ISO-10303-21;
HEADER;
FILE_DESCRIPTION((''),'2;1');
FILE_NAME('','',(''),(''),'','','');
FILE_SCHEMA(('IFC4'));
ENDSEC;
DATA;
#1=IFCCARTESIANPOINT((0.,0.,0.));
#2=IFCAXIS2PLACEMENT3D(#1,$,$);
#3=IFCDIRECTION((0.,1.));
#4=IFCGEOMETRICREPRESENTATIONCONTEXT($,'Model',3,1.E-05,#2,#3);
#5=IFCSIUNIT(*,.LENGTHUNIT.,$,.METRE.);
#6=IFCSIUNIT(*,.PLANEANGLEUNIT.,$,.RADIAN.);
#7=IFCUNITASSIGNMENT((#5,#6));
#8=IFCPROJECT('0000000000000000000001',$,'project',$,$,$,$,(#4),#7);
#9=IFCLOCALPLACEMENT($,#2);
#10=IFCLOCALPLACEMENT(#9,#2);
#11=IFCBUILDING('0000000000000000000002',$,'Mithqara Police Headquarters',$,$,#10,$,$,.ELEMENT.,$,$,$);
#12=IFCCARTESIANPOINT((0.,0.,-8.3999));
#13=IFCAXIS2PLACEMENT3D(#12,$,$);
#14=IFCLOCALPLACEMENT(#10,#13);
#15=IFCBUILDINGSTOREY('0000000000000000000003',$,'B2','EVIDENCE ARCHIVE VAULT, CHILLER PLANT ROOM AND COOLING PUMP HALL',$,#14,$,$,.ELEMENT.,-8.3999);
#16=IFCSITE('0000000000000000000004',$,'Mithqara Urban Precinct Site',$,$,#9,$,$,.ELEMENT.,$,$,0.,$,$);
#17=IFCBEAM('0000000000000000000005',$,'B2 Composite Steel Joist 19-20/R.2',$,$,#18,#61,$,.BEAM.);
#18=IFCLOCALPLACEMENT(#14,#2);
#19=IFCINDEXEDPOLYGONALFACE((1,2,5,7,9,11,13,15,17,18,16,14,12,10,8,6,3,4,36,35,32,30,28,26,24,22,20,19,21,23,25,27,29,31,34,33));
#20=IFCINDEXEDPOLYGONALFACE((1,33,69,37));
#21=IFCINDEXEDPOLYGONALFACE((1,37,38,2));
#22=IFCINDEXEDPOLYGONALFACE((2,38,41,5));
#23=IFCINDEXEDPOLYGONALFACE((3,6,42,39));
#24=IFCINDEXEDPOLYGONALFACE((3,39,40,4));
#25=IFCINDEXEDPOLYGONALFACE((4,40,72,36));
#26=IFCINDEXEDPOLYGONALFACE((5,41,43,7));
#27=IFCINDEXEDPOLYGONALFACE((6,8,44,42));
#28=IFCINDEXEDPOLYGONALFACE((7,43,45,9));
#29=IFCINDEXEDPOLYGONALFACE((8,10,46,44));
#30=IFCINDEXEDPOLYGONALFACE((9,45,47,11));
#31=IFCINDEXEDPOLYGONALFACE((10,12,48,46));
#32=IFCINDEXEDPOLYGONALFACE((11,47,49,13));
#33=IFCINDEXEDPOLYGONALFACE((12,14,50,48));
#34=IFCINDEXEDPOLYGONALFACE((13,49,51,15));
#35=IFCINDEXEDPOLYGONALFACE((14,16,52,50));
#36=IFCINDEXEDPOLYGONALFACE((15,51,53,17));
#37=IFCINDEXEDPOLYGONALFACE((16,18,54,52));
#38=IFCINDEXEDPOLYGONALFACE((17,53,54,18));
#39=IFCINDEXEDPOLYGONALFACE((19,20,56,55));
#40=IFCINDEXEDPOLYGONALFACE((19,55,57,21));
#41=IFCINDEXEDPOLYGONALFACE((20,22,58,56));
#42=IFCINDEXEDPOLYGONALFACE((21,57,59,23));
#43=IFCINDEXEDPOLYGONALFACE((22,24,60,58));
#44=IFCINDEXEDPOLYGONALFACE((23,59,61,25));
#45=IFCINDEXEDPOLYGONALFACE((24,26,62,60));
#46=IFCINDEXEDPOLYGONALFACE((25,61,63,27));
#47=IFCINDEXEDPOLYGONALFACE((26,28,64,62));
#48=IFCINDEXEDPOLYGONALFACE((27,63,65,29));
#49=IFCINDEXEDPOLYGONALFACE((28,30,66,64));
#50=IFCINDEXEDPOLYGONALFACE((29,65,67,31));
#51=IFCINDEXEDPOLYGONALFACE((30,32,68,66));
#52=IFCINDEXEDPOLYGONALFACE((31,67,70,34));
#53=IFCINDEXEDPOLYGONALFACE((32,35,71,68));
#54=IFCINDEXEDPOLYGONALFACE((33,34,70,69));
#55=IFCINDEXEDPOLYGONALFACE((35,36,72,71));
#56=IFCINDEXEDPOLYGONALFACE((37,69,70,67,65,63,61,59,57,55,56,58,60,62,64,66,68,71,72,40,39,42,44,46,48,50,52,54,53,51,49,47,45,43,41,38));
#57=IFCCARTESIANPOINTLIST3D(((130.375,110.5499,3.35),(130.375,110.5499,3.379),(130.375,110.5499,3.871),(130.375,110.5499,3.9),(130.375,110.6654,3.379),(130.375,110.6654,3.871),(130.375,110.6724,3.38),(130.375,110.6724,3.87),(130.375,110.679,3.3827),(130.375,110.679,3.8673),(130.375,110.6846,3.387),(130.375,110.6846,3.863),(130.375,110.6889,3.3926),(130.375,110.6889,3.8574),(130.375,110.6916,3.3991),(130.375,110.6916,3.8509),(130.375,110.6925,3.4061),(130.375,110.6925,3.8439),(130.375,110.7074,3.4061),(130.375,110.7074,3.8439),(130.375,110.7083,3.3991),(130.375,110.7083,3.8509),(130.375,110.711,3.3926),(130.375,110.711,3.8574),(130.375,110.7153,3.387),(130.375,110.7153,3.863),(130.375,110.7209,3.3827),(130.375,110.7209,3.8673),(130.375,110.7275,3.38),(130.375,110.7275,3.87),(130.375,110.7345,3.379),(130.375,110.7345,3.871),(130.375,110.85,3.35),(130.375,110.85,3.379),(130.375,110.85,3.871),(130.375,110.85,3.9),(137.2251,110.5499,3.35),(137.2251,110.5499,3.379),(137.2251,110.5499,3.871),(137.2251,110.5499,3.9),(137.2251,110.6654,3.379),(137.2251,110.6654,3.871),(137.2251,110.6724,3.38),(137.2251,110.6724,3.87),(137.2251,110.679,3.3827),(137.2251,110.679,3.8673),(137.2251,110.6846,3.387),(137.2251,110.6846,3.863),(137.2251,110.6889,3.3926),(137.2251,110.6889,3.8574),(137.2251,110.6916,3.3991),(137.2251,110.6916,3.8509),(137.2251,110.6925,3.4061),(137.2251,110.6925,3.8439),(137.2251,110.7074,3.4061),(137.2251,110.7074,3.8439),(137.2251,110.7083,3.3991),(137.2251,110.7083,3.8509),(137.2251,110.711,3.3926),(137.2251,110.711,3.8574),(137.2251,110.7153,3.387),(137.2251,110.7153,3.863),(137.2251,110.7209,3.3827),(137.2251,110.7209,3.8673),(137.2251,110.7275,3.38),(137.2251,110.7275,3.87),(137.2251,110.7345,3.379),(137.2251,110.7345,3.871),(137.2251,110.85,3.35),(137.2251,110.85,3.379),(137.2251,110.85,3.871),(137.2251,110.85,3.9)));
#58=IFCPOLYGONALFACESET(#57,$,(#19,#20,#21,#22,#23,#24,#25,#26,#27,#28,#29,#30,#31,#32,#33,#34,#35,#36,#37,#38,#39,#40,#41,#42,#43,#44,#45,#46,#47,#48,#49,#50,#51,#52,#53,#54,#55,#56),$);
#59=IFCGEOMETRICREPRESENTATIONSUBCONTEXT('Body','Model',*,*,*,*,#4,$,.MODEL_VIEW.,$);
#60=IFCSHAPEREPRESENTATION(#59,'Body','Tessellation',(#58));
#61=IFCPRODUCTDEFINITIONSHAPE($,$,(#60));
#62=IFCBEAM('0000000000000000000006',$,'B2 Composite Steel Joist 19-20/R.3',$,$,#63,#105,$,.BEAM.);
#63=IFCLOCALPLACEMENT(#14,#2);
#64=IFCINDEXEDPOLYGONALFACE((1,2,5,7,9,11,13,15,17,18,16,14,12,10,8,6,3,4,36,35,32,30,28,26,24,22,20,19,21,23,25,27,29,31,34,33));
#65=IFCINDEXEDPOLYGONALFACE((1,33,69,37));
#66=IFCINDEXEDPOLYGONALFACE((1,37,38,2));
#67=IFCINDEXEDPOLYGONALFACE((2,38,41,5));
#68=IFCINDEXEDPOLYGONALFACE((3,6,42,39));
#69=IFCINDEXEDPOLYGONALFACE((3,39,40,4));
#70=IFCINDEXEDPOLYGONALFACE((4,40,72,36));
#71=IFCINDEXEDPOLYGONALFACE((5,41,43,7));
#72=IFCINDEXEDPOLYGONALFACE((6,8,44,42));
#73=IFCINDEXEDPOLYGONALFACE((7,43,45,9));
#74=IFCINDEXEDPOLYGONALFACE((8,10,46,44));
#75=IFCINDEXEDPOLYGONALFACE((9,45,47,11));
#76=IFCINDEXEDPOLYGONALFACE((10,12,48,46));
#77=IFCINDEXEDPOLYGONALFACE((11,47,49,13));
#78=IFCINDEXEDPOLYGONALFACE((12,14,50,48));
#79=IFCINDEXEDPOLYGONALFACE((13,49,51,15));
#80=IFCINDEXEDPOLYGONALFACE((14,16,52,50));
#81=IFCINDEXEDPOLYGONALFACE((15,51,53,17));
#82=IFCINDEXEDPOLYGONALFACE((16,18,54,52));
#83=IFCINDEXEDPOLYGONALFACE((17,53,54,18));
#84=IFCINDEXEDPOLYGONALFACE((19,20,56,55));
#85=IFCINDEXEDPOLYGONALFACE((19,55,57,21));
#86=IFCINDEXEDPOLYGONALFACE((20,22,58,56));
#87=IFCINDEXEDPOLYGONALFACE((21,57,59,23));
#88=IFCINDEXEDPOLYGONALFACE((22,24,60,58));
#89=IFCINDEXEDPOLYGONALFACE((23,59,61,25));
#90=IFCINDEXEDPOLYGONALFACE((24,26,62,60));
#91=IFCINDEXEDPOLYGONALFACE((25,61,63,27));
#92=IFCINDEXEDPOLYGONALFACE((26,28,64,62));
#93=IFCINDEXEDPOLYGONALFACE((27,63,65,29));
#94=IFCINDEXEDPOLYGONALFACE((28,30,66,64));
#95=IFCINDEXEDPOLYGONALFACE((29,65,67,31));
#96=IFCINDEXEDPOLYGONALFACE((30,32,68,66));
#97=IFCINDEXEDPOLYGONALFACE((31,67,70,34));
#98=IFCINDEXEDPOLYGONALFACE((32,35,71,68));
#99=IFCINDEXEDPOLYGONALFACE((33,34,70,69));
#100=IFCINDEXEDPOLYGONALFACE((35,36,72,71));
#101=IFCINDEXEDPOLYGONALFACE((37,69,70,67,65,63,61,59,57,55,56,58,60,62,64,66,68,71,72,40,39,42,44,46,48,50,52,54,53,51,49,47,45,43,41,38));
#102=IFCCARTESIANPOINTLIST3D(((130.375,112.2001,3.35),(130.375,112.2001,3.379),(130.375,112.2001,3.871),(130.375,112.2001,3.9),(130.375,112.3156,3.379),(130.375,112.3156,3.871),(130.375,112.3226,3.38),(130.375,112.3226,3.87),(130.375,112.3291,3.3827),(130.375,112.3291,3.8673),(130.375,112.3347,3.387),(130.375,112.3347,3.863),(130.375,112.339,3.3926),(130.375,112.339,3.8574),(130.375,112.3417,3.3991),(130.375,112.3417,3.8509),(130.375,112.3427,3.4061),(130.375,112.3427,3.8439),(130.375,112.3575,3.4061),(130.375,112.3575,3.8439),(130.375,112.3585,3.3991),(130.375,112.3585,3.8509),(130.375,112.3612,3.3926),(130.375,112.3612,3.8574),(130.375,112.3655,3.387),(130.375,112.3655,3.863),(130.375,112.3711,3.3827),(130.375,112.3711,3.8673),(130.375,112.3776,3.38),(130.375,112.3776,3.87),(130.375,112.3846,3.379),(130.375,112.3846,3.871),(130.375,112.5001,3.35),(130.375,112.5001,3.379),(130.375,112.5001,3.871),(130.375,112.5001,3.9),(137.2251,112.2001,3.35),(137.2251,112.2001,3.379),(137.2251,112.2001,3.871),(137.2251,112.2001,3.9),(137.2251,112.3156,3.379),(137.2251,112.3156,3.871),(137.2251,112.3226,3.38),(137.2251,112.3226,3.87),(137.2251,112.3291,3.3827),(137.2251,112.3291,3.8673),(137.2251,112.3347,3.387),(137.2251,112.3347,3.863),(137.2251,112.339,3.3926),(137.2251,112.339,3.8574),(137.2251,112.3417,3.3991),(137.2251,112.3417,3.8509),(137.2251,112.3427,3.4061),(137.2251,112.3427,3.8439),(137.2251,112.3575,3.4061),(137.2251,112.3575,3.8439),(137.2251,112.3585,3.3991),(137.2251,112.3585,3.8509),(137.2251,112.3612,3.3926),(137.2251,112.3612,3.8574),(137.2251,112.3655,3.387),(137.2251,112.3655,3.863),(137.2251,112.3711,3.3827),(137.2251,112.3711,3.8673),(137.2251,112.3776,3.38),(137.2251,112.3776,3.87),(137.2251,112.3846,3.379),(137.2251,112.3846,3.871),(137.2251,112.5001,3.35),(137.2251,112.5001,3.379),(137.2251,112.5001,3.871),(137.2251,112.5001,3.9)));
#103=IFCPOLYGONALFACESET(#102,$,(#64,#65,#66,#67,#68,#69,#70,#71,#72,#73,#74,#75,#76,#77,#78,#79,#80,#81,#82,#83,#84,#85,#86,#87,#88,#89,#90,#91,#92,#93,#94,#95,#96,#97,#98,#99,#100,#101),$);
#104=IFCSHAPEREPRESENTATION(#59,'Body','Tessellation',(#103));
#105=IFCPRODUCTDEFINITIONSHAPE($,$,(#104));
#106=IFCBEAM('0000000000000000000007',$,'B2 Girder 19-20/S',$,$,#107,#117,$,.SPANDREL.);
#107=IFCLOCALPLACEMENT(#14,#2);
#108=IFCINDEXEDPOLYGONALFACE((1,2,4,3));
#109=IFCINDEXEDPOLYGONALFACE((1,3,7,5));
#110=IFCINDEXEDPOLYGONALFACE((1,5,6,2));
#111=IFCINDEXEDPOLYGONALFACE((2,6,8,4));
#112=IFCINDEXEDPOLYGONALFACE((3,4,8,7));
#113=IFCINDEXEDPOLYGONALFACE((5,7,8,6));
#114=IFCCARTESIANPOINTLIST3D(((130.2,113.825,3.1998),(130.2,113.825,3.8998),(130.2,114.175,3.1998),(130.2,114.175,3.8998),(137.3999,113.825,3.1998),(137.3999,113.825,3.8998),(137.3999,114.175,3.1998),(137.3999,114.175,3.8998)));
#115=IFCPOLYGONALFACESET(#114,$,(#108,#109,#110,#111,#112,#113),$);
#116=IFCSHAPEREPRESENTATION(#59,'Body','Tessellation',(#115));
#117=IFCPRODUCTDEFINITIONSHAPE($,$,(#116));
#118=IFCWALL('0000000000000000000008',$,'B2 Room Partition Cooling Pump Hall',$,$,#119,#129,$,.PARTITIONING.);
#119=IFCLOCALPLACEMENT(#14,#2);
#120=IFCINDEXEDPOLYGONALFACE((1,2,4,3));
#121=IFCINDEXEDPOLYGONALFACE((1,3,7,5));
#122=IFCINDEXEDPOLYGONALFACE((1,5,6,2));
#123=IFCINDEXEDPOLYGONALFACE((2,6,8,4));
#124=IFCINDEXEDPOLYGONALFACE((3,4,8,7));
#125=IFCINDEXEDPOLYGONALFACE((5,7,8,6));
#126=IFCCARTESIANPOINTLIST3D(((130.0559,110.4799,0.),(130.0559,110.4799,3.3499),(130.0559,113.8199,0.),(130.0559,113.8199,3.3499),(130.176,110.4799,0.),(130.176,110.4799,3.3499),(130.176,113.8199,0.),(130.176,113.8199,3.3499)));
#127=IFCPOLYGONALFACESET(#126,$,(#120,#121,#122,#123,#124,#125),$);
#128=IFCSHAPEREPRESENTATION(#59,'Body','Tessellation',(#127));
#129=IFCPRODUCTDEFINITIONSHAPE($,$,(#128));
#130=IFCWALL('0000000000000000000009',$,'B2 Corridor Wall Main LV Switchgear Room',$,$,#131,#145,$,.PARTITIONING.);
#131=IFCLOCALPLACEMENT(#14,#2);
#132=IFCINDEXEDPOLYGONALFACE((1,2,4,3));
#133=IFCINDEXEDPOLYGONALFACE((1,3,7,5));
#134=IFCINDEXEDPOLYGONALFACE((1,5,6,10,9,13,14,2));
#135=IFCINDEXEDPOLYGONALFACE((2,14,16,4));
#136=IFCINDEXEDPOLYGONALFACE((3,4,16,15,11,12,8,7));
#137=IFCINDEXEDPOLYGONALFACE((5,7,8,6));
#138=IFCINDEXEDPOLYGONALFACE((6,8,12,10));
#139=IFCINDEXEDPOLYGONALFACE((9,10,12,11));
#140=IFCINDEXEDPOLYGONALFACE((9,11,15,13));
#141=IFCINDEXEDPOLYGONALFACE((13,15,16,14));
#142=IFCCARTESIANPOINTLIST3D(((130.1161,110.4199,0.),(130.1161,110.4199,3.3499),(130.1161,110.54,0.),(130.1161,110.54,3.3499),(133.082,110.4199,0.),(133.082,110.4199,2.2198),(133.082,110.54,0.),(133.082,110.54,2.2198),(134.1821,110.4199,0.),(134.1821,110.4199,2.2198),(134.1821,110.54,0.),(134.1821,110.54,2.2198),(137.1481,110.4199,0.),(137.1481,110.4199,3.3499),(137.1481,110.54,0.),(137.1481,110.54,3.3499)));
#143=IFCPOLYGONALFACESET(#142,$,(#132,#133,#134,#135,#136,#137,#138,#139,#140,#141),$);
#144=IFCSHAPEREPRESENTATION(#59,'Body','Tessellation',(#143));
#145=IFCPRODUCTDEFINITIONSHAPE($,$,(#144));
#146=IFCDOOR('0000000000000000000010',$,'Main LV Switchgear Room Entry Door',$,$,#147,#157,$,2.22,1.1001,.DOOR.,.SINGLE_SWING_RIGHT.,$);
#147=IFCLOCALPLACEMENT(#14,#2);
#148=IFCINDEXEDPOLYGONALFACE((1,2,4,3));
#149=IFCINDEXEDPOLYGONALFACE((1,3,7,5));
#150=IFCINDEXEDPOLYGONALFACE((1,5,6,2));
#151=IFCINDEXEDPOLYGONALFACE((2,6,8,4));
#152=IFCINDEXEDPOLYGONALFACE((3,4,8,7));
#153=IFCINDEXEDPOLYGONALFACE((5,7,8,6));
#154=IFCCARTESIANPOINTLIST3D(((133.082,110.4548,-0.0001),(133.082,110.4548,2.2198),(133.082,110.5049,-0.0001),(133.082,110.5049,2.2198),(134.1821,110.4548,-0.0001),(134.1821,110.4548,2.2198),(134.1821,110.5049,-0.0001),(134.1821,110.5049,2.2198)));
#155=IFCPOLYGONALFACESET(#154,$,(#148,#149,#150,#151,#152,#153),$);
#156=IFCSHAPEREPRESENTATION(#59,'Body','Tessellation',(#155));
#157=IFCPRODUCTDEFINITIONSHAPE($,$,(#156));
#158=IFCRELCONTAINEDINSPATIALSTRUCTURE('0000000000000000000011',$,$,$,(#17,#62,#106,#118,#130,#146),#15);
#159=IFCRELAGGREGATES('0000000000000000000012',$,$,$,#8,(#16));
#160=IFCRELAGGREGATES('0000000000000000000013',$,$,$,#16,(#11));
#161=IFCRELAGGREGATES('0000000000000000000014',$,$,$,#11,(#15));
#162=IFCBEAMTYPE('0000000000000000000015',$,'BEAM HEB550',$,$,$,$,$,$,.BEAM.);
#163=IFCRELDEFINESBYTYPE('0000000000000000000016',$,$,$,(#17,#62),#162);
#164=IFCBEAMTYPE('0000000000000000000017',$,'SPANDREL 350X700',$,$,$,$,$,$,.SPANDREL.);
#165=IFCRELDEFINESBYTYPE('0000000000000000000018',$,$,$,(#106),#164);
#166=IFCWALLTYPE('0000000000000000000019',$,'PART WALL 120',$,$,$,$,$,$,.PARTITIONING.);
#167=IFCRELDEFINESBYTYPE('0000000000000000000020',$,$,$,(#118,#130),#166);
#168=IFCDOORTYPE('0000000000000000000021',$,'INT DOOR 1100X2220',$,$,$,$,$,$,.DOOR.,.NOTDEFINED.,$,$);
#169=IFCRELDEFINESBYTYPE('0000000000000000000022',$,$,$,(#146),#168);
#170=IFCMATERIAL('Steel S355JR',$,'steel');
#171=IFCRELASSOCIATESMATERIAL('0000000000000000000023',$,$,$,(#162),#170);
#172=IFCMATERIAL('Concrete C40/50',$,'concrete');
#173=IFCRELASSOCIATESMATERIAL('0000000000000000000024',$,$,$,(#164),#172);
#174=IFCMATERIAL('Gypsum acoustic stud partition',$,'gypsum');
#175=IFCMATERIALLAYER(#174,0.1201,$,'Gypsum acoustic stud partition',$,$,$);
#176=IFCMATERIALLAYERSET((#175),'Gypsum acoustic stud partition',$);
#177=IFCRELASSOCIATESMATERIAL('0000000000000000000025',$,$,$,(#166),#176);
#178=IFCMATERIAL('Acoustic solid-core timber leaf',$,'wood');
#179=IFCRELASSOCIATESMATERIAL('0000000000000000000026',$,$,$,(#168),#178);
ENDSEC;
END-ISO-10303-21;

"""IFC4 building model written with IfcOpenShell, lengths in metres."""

from ifc_helpers import new_model, si_unit, direction, frame, frame_2d, origin, origin_2d, place, context, subcontext, project, spatial, rectangle, i_section, extrude, material, layer, layer_set, material_profile, profile_set, type_object, element, fill, save


model = new_model("IFC4")

# Units and contexts
model_context = context("Model", 3, precision=1e-05, world=origin(), true_north=direction((0.0, 1.0)))
body_context = subcontext(model_context, "Body", "Model", "MODEL_VIEW")
ifc_project = project(units=[si_unit("LENGTHUNIT", "METRE"), si_unit("PLANEANGLEUNIT", "RADIAN")], contexts=[model_context])

# Site, building, storey
site_placement = place(None, origin())
site = spatial("IfcSite", under=ifc_project, at=site_placement, Name="Mithqara Urban Precinct Site", CompositionType="ELEMENT", RefElevation=0.0)
building_placement = place(site_placement, origin())
building = spatial("IfcBuilding", under=site, at=building_placement, Name="Mithqara Police Headquarters", CompositionType="ELEMENT")
storey_placement = place(building_placement, frame((0.0, 0.0, -8.3999)))
storey = spatial("IfcBuildingStorey", under=building, at=storey_placement, Name="B2", Description="EVIDENCE ARCHIVE VAULT, CHILLER PLANT ROOM AND COOLING PUMP HALL", CompositionType="ELEMENT", Elevation=-8.3999)

# Shared definitions
ifc_material_1 = material(Name="Concrete C40/50", Category="concrete")

# Beams
ifc_material_2 = material(Name="Steel S355JR", Category="steel")
ifc_material_profile_1 = material_profile(ifc_material_2, i_section(OverallWidth=0.3, OverallDepth=0.55, WebThickness=0.0149, FlangeThickness=0.0291, FilletRadius=0.0271, at=origin_2d()), Name="HEB 550")
ifc_profile_set_1 = profile_set([ifc_material_profile_1], Name="Steel S355JR")
beam_type_1 = type_object("IfcBeamType", Name="BEAM HEB550", PredefinedType="BEAM", material=ifc_profile_set_1)
for number, where, z_axis, x_axis, name in (
    (1, (130.375, 110.7, 3.625), (1.0, 0.0, 0.0), (0.0, 1.0, 0.0), "B2 Composite Steel Joist 19-20/R.2"),
    (2, (130.375, 112.3501, 3.625), (1.0, 0.0, 0.0), (0.0, 1.0, 0.0), "B2 Composite Steel Joist 19-20/R.3"),
):
    element("IfcBeam", number, at=place(storey_placement, frame(where, z_axis=z_axis, x_axis=x_axis)), inside=storey, type_object=beam_type_1, Name=name, PredefinedType="BEAM", context=body_context, shape_type="SweptSolid", body=[
        extrude(i_section(OverallWidth=0.3, OverallDepth=0.55, WebThickness=0.0149, FlangeThickness=0.0291, FilletRadius=0.0271, at=origin_2d()), origin(), (0.0, 0.0, 1.0), 6.8501),
    ])
ifc_material_profile_2 = material_profile(ifc_material_1, rectangle(XDim=0.3501, YDim=0.7, at=origin_2d()), Name="SPB 350x700")
ifc_profile_set_2 = profile_set([ifc_material_profile_2], Name="Concrete C40/50")
beam_type_2 = type_object("IfcBeamType", Name="SPANDREL 350X700", PredefinedType="SPANDREL", material=ifc_profile_set_2)
beam_placement = place(storey_placement, frame((130.2, 114.0, 3.5498), z_axis=(1.0, 0.0, 0.0), x_axis=(0.0, 1.0, 0.0)))
element("IfcBeam", 3, at=beam_placement, inside=storey, type_object=beam_type_2, Name="B2 Girder 19-20/S", PredefinedType="SPANDREL", context=body_context, shape_type="SweptSolid", body=[
    extrude(rectangle(XDim=0.3501, YDim=0.7, at=origin_2d()), origin(), (0.0, 0.0, 1.0), 7.2),
])

# Wall
ifc_material_3 = material(Name="Gypsum acoustic stud partition", Category="gypsum")
ifc_layer = layer(ifc_material_3, 0.1201, Name="Gypsum acoustic stud partition")
ifc_layer_set = layer_set([ifc_layer], Name="Gypsum acoustic stud partition")
wall_type = type_object("IfcWallType", Name="PART WALL 120", PredefinedType="PARTITIONING", material=ifc_layer_set)
wall_1_placement = place(storey_placement, frame((130.116, 110.48, 0.0), z_axis=(0.0, 0.0, 1.0), x_axis=(0.0, 1.0, 0.0)))
element("IfcWall", 4, at=wall_1_placement, inside=storey, type_object=wall_type, Name="B2 Room Partition Cooling Pump Hall", PredefinedType="PARTITIONING", context=body_context, shape_type="SweptSolid", body=[
    extrude(rectangle(XDim=3.3401, YDim=0.1201, at=frame_2d((1.6699, 0.0))), origin(), (0.0, 0.0, 1.0), 3.3499),
])

# Wall, opening, door
wall_2_placement = place(storey_placement, frame((130.116, 110.48, 0.0), z_axis=(0.0, 0.0, 1.0), x_axis=(1.0, 0.0, 0.0)))
wall_2 = element("IfcWall", 5, at=wall_2_placement, inside=storey, type_object=wall_type, Name="B2 Corridor Wall Main LV Switchgear Room", PredefinedType="PARTITIONING", context=body_context, shape_type="SweptSolid", body=[
    extrude(rectangle(XDim=7.032, YDim=0.1201, at=frame_2d((3.5161, 0.0))), origin(), (0.0, 0.0, 1.0), 3.3499),
])
opening_placement = place(wall_2_placement, frame((2.9661, 0.0, 0.0)))
opening = element("IfcOpeningElement", 6, at=opening_placement, cuts=wall_2, PredefinedType="OPENING", context=body_context, shape_type="SweptSolid", body=[
    extrude(rectangle(XDim=1.1001, YDim=2.22, at=frame_2d((0.55, 1.1099))), frame((0.0, 0.0701, 0.0), z_axis=(0.0, -1.0, 0.0), x_axis=(1.0, 0.0, 0.0)), (0.0, 0.0, 1.0), 0.1401),
])
ifc_material_4 = material(Name="Acoustic solid-core timber leaf", Category="wood")
door_type = type_object("IfcDoorType", Name="INT DOOR 1100X2220", OperationType="NOTDEFINED", PredefinedType="DOOR", material=ifc_material_4)
door_placement = place(opening_placement, origin())
door = element("IfcDoor", 7, at=door_placement, inside=storey, type_object=door_type, Name="Main LV Switchgear Room Entry Door", OperationType="SINGLE_SWING_RIGHT", OverallHeight=2.22, OverallWidth=1.1001, PredefinedType="DOOR", context=body_context, shape_type="SweptSolid", body=[
    extrude(rectangle(XDim=1.1001, YDim=2.22, at=frame_2d((0.55, 1.1099))), frame((0.0, 0.0249, 0.0), z_axis=(0.0, -1.0, 0.0), x_axis=(1.0, 0.0, 0.0)), (0.0, 0.0, 1.0), 0.05),
])
fill(opening, door)

save(model, "model.ifc")
